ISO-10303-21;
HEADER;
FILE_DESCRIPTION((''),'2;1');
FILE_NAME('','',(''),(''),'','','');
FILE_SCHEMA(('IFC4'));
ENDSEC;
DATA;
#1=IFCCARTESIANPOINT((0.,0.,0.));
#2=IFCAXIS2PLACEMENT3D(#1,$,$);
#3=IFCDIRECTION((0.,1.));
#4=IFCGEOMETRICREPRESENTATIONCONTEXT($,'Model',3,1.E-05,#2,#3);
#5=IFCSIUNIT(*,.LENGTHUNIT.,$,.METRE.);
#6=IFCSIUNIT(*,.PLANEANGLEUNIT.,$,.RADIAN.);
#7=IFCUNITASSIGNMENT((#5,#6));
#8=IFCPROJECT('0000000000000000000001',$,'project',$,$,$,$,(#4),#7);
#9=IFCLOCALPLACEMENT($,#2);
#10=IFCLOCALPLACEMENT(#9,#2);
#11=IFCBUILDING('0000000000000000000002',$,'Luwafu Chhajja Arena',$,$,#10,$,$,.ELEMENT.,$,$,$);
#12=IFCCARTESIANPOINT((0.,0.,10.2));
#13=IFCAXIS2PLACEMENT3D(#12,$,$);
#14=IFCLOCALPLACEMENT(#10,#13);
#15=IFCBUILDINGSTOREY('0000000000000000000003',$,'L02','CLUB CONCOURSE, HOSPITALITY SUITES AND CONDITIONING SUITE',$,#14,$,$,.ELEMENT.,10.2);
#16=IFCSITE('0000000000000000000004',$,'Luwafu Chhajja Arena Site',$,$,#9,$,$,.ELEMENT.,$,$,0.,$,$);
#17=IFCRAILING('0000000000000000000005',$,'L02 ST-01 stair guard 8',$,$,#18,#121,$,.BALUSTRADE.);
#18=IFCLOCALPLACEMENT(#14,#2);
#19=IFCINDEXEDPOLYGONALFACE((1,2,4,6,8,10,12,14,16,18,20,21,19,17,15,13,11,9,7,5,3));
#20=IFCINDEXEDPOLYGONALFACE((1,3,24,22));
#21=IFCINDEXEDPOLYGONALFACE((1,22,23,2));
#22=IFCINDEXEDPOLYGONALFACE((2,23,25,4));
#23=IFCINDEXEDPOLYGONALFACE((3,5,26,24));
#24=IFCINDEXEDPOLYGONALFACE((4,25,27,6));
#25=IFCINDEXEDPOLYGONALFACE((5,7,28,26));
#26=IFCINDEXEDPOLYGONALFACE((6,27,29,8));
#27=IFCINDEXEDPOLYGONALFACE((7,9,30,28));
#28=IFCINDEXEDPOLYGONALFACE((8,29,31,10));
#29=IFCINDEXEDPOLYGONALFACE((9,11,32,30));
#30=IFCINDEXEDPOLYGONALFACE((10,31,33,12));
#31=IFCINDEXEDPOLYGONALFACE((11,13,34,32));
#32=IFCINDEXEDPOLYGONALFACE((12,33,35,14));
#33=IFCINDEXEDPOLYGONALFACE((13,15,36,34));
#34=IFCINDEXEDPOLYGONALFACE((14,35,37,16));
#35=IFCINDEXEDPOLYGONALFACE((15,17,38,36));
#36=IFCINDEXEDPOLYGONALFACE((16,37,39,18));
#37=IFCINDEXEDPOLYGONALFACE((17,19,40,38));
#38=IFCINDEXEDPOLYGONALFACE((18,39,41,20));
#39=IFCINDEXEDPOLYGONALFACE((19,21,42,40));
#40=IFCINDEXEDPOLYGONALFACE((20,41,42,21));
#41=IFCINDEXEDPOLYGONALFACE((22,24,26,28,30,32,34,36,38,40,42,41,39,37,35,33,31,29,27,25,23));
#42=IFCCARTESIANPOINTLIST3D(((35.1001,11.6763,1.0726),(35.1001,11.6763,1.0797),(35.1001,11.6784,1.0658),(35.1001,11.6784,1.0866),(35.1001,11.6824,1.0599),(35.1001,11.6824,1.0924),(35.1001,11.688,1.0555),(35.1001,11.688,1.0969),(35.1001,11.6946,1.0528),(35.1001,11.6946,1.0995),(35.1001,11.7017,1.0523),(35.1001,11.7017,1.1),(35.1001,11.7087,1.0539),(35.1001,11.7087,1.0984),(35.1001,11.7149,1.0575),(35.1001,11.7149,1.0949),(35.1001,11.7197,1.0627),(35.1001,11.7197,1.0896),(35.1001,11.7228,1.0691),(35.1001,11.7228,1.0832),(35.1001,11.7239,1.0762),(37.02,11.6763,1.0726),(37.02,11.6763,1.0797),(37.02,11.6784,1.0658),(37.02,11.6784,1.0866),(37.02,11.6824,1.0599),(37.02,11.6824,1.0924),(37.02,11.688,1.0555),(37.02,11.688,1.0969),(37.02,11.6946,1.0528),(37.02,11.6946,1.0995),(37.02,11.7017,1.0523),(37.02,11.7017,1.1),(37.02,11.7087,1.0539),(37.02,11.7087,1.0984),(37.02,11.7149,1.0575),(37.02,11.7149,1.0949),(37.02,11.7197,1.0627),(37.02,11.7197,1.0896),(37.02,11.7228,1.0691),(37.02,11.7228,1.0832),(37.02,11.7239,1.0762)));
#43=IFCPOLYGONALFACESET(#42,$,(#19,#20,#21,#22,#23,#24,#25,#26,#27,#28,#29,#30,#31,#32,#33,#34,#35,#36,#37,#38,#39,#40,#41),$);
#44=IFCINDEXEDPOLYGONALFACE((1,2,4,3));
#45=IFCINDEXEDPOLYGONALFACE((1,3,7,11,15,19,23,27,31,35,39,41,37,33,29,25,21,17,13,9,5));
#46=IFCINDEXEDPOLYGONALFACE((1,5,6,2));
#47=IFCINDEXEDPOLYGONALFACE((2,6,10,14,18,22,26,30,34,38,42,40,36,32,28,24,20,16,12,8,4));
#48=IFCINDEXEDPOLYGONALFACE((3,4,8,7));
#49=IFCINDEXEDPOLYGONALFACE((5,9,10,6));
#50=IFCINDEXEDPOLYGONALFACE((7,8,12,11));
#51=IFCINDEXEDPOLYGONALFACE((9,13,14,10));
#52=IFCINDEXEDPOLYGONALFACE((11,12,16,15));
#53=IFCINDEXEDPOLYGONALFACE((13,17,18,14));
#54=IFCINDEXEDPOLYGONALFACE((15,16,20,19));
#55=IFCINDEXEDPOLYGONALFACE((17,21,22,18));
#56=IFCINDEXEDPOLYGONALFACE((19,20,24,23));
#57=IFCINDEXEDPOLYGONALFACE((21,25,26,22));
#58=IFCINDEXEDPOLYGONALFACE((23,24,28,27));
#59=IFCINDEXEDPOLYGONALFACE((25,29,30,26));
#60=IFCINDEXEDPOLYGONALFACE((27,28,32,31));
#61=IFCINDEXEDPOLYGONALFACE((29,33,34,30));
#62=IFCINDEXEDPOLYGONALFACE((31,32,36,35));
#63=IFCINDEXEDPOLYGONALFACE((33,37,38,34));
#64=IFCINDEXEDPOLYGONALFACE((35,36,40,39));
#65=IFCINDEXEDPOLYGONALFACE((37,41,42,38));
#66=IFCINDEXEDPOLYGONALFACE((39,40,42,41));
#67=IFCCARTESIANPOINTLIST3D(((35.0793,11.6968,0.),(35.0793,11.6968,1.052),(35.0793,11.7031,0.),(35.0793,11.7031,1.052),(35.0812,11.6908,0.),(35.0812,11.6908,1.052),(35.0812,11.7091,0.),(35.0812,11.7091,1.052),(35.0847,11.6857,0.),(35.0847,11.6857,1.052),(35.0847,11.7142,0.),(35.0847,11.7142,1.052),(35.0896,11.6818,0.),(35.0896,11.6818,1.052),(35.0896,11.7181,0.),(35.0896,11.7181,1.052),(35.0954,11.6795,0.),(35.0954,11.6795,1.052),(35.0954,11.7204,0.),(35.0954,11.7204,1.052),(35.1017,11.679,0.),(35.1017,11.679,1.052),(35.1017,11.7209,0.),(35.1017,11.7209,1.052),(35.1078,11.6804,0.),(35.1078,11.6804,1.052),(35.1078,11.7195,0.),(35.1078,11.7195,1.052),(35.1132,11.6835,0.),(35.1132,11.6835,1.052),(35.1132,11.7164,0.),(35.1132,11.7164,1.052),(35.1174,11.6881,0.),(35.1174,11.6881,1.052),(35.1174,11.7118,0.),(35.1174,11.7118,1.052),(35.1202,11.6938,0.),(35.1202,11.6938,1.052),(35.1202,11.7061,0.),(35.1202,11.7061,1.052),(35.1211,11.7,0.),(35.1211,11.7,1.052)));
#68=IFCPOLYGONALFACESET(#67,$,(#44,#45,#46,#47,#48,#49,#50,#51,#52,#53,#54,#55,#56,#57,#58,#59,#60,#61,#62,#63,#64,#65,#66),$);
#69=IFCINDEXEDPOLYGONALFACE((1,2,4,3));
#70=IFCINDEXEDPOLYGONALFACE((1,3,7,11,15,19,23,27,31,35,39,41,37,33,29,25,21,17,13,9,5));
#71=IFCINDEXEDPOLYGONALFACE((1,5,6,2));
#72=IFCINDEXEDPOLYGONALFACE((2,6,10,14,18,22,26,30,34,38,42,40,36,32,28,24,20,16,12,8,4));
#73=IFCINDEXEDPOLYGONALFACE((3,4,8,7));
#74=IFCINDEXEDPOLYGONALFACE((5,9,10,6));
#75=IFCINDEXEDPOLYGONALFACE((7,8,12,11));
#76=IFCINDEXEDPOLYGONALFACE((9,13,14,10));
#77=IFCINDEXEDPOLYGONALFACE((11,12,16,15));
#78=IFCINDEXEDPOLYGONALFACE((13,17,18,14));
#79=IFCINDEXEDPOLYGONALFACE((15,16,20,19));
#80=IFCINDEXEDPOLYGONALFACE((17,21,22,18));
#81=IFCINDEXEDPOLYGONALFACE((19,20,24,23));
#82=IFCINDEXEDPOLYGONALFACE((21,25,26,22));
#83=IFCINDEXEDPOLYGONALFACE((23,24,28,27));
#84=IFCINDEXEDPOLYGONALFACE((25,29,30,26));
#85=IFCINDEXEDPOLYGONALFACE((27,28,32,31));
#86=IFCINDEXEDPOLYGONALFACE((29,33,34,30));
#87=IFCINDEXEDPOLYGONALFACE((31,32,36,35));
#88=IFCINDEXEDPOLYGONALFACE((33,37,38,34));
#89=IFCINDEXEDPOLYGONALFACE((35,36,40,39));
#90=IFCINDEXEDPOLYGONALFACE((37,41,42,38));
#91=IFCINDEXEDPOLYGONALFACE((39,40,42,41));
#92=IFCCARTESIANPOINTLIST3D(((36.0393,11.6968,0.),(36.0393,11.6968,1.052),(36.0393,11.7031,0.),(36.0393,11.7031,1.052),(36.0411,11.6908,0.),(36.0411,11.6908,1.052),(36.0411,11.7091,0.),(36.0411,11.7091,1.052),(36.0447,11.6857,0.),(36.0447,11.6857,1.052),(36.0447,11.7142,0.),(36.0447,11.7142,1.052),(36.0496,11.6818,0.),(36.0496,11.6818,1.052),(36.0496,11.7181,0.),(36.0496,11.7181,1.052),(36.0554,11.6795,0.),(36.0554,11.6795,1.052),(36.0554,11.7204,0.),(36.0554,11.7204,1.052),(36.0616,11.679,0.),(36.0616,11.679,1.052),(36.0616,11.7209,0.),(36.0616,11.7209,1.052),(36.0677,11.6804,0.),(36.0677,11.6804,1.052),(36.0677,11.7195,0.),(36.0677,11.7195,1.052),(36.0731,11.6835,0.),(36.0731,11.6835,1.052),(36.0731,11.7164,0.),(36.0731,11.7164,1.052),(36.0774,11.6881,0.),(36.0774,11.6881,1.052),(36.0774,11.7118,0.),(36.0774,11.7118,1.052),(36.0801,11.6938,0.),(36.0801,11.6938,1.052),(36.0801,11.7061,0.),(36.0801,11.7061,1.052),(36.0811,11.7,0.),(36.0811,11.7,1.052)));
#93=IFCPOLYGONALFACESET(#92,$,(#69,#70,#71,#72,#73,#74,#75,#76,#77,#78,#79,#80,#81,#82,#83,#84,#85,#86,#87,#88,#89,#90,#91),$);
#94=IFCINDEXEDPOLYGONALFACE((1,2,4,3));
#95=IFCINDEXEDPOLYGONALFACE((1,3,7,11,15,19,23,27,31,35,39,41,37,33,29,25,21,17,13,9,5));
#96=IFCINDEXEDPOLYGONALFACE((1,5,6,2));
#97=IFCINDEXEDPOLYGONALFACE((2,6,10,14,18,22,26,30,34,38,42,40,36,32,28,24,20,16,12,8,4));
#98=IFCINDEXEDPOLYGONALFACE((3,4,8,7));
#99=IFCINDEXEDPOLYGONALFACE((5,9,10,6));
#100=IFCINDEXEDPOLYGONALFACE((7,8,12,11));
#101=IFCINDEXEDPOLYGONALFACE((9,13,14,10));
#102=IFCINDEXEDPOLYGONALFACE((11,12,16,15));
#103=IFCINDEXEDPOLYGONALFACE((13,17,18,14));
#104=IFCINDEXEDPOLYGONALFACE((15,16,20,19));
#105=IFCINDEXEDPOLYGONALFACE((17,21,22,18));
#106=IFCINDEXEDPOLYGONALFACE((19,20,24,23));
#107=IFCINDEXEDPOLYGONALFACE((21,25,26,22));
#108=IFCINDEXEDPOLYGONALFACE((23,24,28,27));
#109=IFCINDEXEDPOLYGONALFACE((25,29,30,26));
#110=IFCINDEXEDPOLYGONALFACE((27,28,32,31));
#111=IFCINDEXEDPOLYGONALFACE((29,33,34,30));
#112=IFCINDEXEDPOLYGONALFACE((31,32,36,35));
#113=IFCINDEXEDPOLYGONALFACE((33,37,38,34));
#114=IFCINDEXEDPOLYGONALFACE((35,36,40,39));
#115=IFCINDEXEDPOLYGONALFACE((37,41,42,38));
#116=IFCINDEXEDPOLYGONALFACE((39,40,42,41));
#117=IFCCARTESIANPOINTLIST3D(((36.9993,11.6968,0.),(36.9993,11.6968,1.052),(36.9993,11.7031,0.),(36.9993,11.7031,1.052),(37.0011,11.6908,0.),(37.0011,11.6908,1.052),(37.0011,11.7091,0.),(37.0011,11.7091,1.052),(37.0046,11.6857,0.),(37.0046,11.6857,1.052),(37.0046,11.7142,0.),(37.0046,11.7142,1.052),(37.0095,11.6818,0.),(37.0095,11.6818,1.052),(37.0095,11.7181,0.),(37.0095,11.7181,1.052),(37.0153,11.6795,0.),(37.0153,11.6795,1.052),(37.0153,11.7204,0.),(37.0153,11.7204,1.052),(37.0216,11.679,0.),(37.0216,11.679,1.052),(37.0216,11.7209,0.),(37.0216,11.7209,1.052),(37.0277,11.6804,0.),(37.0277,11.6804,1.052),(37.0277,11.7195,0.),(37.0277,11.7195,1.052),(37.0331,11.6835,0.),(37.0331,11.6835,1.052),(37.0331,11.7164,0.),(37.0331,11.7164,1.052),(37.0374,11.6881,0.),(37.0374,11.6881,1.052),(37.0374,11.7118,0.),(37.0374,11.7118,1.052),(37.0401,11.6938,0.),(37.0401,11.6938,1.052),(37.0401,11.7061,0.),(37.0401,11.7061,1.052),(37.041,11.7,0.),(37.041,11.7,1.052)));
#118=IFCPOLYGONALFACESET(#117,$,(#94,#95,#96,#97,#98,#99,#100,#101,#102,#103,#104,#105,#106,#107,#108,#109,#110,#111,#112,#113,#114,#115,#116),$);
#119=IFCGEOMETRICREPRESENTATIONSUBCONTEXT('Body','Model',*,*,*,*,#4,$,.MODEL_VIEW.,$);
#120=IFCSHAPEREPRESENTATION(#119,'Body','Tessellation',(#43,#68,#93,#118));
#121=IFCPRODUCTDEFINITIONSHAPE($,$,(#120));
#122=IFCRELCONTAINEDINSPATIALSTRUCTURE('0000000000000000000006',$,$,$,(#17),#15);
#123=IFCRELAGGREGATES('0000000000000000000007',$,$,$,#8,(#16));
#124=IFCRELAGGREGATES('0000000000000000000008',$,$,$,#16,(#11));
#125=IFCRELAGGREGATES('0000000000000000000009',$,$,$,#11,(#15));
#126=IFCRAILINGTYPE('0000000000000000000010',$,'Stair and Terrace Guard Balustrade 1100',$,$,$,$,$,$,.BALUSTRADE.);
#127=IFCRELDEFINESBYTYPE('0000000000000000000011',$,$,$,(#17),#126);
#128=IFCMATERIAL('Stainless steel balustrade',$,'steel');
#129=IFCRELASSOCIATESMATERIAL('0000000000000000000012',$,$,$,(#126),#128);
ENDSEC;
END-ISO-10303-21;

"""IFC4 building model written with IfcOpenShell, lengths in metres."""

from ifc_helpers import new_model, si_unit, direction, frame, origin, origin_2d, place, context, subcontext, project, spatial, circle, extrude, material, type_object, element, save


model = new_model("IFC4")

# Units and contexts
model_context = context("Model", 3, precision=1e-05, world=origin(), true_north=direction((0.0, 1.0)))
body_context = subcontext(model_context, "Body", "Model", "MODEL_VIEW")
ifc_project = project(units=[si_unit("LENGTHUNIT", "METRE"), si_unit("PLANEANGLEUNIT", "RADIAN")], contexts=[model_context])

# Site, building, storey
site_placement = place(None, origin())
site = spatial("IfcSite", under=ifc_project, at=site_placement, Name="Luwafu Chhajja Arena Site", CompositionType="ELEMENT", RefElevation=0.0)
building_placement = place(site_placement, origin())
building = spatial("IfcBuilding", under=site, at=building_placement, Name="Luwafu Chhajja Arena", CompositionType="ELEMENT")
storey_placement = place(building_placement, frame((0.0, 0.0, 10.2)))
storey = spatial("IfcBuildingStorey", under=building, at=storey_placement, Name="L02", Description="CLUB CONCOURSE, HOSPITALITY SUITES AND CONDITIONING SUITE", CompositionType="ELEMENT", Elevation=10.2)

# Railing
ifc_material_1 = material(Name="Stainless steel balustrade", Category="steel")
railing_type = type_object("IfcRailingType", Name="Stair and Terrace Guard Balustrade 1100", PredefinedType="BALUSTRADE", material=ifc_material_1)
railing_1_placement = place(storey_placement, frame((35.1001, 11.7, 0.0)))
element("IfcRailing", 1, at=railing_1_placement, inside=storey, type_object=railing_type, Name="L02 ST-01 stair guard 8", PredefinedType="BALUSTRADE", context=body_context, shape_type="SweptSolid", body=[
    extrude(circle(Radius=0.0239, at=origin_2d()), frame((0.0, 0.0, 1.0762), z_axis=(1.0, 0.0, 0.0), x_axis=(0.0, 1.0, 0.0)), (0.0, 0.0, 1.0), 1.9199),
    extrude(circle(Radius=0.021, at=origin_2d()), origin(), (0.0, 0.0, 1.0), 1.052),
    extrude(circle(Radius=0.021, at=origin_2d()), frame((0.96, 0.0, 0.0)), (0.0, 0.0, 1.0), 1.052),
    extrude(circle(Radius=0.021, at=origin_2d()), frame((1.9199, 0.0, 0.0)), (0.0, 0.0, 1.0), 1.052),
])

save(model, "model.ifc")
